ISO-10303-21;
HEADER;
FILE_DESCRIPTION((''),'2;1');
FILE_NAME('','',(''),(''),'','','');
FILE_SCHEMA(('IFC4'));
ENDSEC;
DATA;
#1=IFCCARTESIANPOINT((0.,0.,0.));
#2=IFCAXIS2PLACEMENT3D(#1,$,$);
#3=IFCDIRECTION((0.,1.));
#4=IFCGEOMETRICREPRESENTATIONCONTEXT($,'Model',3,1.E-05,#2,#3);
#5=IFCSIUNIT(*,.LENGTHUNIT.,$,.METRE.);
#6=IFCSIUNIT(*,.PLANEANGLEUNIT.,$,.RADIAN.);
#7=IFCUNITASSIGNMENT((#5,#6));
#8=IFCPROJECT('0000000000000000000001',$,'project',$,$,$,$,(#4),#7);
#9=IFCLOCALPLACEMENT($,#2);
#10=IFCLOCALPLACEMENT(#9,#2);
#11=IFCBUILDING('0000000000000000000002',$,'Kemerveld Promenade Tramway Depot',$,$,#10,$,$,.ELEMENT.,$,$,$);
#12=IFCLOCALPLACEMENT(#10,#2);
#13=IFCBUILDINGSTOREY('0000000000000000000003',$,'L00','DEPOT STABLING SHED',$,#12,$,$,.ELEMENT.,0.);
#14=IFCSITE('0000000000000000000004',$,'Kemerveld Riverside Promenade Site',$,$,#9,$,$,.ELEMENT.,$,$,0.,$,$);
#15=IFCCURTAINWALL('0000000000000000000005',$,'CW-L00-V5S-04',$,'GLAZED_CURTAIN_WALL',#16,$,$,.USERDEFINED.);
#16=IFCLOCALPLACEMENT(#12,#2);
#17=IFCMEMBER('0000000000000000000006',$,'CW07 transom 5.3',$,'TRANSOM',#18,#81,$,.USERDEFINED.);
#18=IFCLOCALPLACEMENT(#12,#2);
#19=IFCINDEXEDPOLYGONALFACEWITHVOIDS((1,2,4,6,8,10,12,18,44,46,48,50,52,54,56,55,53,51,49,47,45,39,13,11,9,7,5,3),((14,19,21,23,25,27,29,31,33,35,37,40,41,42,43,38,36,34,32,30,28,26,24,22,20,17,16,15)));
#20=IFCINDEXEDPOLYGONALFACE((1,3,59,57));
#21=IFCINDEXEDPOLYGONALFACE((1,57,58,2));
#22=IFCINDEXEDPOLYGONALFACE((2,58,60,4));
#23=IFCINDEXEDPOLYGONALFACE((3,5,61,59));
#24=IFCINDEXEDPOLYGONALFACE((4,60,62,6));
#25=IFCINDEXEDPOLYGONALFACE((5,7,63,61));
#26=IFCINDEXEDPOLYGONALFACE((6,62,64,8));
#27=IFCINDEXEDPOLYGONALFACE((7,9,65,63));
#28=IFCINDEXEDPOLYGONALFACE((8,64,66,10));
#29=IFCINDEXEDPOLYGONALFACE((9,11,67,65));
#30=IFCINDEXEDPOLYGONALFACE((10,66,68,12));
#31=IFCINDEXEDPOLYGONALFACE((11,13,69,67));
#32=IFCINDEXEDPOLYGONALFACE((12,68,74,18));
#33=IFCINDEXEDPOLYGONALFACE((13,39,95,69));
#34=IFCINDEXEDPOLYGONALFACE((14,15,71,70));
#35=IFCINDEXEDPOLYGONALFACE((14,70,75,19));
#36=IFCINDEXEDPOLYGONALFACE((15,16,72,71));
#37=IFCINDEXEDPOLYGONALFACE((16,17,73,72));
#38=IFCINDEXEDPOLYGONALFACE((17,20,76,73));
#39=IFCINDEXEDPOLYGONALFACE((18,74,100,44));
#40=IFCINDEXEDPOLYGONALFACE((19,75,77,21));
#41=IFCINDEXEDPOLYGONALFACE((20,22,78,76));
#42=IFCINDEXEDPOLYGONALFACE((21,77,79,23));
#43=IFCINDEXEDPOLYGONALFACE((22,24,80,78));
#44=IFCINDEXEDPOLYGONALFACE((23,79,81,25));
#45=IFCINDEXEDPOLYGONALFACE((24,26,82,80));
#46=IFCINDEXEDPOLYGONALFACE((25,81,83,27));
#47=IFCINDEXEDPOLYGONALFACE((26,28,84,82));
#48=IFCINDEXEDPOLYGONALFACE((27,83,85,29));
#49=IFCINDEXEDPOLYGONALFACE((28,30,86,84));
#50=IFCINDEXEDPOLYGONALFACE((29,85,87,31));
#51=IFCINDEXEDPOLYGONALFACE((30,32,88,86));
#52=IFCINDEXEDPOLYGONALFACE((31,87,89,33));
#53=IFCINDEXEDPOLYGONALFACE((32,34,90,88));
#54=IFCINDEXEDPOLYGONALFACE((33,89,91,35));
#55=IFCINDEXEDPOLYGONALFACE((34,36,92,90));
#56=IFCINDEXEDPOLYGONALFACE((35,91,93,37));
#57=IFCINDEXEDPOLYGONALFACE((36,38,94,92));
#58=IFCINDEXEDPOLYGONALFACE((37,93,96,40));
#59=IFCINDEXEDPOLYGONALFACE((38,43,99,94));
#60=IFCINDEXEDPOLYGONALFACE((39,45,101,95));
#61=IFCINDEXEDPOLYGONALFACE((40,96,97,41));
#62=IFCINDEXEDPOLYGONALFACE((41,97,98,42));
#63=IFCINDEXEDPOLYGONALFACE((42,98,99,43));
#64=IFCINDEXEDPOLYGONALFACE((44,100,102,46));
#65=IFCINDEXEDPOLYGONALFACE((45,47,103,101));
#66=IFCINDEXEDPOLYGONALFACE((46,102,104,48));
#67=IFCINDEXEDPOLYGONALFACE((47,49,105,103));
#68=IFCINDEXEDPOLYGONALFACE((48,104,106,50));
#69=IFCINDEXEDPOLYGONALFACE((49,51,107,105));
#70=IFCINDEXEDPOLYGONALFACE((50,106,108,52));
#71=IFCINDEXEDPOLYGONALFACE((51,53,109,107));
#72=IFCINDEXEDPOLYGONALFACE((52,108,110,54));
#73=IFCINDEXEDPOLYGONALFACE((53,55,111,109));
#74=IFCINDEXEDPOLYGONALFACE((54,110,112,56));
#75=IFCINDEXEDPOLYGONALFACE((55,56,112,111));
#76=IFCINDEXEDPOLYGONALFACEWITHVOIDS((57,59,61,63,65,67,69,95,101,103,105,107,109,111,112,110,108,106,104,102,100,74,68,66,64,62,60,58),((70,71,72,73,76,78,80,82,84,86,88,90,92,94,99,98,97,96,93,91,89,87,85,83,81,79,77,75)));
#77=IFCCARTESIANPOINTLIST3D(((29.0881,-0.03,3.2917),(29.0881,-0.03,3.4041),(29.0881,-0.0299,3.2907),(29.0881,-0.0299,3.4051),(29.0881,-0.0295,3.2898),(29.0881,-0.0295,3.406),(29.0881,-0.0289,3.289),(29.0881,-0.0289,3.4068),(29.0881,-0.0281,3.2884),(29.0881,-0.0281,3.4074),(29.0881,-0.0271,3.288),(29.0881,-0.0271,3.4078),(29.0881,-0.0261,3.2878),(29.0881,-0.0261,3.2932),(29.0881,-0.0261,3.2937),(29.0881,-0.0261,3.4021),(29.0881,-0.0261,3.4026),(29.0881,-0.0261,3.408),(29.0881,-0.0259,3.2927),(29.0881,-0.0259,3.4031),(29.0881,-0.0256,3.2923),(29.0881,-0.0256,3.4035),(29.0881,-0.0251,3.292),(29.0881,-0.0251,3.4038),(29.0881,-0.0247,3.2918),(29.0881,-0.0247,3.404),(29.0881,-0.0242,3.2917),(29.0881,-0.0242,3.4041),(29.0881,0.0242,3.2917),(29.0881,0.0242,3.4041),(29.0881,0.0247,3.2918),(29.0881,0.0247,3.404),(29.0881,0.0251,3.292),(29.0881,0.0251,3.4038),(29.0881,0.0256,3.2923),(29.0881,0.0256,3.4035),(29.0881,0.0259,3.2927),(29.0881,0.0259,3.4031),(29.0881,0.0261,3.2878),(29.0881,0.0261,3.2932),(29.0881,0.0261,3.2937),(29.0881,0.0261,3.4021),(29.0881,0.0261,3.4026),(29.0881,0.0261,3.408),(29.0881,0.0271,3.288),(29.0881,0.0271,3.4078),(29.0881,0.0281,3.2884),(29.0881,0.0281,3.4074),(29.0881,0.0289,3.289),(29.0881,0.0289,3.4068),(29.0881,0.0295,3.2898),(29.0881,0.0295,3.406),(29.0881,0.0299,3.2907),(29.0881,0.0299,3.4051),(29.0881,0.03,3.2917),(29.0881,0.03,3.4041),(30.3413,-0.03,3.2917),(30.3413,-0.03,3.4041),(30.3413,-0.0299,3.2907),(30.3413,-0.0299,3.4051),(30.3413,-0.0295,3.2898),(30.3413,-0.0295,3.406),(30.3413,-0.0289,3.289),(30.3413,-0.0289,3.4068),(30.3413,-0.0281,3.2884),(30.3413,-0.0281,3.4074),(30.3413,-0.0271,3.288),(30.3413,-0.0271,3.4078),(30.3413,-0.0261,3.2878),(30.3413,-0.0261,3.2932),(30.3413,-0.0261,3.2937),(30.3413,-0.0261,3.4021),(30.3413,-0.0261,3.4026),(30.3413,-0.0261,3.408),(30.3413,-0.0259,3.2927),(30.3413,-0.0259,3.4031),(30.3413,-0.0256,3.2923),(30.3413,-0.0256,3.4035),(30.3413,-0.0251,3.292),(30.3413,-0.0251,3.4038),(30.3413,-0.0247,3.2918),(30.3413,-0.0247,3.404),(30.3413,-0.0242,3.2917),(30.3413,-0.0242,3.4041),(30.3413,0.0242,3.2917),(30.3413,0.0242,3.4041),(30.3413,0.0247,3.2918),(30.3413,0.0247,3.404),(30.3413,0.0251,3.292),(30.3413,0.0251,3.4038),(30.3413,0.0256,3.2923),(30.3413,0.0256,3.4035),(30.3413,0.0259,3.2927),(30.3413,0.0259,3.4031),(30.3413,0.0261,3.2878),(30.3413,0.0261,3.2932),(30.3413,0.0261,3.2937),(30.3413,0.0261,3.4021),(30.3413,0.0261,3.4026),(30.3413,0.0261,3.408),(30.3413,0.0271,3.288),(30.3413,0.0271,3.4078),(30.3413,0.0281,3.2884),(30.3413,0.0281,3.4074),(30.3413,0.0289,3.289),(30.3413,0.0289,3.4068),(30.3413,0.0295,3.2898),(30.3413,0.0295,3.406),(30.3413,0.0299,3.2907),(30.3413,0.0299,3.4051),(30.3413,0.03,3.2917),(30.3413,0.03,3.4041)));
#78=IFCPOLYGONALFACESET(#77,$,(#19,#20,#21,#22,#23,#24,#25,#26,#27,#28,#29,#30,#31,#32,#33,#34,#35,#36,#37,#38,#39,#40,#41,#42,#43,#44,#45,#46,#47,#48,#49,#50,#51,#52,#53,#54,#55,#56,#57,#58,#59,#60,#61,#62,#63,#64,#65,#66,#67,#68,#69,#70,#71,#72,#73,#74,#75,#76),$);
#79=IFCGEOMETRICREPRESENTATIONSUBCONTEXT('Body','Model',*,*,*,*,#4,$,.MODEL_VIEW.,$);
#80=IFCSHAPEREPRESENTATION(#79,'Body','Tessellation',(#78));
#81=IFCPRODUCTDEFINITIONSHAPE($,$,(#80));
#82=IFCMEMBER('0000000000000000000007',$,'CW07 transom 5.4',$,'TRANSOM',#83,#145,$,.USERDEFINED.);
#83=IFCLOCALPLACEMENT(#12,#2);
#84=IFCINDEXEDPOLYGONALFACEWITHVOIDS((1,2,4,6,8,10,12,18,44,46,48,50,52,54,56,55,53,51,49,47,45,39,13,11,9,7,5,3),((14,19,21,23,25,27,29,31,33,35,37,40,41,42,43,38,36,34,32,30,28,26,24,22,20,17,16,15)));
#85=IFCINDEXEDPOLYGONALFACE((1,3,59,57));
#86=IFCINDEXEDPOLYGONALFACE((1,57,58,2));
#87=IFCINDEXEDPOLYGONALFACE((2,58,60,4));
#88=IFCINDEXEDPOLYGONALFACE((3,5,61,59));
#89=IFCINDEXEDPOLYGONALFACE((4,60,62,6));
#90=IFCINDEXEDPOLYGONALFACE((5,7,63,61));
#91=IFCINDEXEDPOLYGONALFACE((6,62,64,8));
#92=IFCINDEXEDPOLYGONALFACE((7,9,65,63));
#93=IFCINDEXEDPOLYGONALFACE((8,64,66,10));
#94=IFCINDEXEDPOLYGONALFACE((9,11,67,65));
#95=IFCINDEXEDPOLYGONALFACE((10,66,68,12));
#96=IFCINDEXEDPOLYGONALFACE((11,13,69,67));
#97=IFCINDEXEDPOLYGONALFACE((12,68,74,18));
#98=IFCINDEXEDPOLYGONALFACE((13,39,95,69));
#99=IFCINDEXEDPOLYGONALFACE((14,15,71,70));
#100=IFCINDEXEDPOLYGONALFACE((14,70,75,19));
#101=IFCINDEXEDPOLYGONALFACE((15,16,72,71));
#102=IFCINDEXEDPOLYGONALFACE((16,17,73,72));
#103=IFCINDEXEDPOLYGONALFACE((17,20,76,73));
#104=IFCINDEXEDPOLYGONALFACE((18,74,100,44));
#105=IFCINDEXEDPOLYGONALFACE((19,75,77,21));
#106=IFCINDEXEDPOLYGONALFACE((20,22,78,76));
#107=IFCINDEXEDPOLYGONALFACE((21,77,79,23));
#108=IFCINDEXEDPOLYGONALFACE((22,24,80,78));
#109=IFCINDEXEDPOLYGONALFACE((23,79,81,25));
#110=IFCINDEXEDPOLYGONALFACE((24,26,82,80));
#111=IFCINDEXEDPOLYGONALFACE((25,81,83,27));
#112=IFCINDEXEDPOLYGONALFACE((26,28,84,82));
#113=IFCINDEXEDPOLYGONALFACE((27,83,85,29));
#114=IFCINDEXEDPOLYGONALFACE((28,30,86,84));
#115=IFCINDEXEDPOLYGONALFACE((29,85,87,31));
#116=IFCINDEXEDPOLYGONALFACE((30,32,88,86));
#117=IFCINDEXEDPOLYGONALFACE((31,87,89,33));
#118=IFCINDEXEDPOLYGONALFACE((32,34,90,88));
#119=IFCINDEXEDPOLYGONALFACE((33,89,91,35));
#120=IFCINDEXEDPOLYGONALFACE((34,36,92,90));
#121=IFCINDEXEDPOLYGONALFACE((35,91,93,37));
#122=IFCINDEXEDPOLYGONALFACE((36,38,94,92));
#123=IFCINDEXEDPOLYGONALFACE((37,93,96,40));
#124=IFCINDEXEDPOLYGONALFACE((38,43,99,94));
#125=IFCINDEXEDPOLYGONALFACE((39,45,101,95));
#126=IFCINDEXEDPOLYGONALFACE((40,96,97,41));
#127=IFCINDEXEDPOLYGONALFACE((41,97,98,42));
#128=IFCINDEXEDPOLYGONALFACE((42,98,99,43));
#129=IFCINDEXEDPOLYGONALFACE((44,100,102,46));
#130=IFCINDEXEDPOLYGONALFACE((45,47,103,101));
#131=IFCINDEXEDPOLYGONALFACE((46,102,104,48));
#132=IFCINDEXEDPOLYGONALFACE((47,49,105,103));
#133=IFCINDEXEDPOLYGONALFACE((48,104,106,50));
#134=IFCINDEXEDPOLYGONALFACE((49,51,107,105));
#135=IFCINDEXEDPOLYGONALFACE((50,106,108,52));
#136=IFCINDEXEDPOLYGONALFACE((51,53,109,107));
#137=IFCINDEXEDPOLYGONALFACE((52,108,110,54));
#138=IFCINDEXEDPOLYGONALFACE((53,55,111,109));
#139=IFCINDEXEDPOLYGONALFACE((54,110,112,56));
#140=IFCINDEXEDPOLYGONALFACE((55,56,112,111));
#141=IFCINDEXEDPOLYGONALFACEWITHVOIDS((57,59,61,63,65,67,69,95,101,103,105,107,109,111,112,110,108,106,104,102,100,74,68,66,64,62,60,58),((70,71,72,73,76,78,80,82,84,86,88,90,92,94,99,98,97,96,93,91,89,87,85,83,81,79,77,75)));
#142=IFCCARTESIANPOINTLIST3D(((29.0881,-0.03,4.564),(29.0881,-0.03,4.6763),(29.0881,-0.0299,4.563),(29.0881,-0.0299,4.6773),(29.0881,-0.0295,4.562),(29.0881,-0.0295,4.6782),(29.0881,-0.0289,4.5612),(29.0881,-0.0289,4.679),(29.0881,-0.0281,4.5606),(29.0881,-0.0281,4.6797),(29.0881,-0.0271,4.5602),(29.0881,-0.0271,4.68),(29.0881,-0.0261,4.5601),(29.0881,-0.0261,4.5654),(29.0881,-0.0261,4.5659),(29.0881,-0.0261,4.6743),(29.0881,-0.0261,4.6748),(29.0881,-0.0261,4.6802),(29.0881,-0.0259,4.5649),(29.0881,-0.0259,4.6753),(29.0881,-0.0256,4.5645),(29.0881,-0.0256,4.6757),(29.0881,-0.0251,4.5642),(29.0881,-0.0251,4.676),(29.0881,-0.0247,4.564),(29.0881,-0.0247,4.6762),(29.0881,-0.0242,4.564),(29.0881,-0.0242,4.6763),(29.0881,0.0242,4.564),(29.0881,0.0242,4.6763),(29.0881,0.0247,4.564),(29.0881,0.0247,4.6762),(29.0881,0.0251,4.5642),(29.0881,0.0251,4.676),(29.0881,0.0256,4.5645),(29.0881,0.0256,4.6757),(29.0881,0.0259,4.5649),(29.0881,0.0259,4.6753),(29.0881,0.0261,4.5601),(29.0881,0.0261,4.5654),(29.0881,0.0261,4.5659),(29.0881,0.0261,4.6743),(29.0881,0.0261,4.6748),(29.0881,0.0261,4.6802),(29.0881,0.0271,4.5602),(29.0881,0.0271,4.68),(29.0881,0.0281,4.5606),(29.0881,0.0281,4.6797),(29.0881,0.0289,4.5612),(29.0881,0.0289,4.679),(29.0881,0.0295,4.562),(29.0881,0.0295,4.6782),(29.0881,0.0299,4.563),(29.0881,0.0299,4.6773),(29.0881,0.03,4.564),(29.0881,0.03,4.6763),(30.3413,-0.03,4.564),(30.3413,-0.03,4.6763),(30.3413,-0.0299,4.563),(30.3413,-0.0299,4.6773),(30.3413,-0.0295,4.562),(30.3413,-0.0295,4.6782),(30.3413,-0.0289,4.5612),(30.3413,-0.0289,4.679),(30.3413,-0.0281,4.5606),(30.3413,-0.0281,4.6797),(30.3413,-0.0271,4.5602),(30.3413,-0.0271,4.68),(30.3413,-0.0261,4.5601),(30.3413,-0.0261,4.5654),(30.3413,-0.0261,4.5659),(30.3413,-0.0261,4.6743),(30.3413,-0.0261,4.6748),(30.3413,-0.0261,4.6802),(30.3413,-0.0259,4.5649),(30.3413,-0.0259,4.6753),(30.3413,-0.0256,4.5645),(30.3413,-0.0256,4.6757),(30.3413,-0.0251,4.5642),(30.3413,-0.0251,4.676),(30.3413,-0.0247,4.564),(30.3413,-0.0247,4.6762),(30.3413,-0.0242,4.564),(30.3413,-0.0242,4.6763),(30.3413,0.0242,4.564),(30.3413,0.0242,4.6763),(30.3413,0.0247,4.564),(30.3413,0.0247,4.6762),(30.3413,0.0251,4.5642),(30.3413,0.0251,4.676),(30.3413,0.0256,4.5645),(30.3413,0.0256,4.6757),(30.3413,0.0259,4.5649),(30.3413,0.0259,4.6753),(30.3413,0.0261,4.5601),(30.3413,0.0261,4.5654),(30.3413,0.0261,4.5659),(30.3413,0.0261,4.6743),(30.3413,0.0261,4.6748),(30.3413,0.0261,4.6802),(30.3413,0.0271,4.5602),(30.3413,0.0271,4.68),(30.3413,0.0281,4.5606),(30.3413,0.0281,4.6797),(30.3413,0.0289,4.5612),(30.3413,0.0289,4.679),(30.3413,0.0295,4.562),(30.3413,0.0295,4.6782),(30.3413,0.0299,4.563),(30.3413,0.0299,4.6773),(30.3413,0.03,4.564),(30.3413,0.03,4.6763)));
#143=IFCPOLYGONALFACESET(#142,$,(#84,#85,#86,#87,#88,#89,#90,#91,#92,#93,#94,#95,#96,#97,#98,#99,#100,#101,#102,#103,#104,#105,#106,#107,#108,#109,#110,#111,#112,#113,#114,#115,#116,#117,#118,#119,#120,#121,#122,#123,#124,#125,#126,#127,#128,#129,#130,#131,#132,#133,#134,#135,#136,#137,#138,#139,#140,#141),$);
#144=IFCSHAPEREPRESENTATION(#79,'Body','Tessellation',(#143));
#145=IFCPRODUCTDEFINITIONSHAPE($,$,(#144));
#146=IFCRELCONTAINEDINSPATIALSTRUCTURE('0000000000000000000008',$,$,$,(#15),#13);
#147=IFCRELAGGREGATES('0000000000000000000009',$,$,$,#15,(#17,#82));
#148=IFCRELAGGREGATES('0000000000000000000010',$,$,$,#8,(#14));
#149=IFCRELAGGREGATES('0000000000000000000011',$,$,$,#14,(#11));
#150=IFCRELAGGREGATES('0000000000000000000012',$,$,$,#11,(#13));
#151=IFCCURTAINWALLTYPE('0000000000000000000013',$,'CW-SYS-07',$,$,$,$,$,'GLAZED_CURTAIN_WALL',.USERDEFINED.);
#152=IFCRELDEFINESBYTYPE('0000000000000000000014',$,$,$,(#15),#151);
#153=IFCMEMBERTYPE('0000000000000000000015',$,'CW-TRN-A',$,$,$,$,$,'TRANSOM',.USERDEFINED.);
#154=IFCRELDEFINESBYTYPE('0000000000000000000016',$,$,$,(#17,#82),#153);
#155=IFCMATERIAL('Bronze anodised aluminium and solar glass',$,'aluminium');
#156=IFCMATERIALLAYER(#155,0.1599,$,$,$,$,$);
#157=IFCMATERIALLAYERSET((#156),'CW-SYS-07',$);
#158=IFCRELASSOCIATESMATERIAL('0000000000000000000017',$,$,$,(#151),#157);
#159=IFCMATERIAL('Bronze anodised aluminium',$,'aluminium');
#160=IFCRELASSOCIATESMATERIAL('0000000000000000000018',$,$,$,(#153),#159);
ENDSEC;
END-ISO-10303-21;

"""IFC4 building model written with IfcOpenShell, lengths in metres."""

from ifc_helpers import new_model, si_unit, direction, frame, origin, origin_2d, place, context, subcontext, project, spatial, hollow_rectangle, extrude, material, layer, layer_set, material_profile, profile_set, type_object, element, aggregate, save


model = new_model("IFC4")

# Units and contexts
model_context = context("Model", 3, precision=1e-05, world=origin(), true_north=direction((0.0, 1.0)))
body_context = subcontext(model_context, "Body", "Model", "MODEL_VIEW")
ifc_project = project(units=[si_unit("LENGTHUNIT", "METRE"), si_unit("PLANEANGLEUNIT", "RADIAN")], contexts=[model_context])

# Site, building, storey
site_placement = place(None, origin())
site = spatial("IfcSite", under=ifc_project, at=site_placement, Name="Kemerveld Riverside Promenade Site", CompositionType="ELEMENT", RefElevation=0.0)
building_placement = place(site_placement, origin())
building = spatial("IfcBuilding", under=site, at=building_placement, Name="Kemerveld Promenade Tramway Depot", CompositionType="ELEMENT")
storey_placement = place(building_placement, origin())
storey = spatial("IfcBuildingStorey", under=building, at=storey_placement, Name="L00", Description="DEPOT STABLING SHED", CompositionType="ELEMENT", Elevation=0.0)

# Curtain wall
ifc_material_1 = material(Name="Bronze anodised aluminium and solar glass", Category="aluminium")
ifc_layer_1 = layer(ifc_material_1, 0.1599)
ifc_layer_set_1 = layer_set([ifc_layer_1], Name="CW-SYS-07")
curtain_wall_type_1 = type_object("IfcCurtainWallType", Name="CW-SYS-07", ElementType="GLAZED_CURTAIN_WALL", PredefinedType="USERDEFINED", material=ifc_layer_set_1)
curtain_wall_1_placement = place(storey_placement, origin())
curtain_wall_1 = element("IfcCurtainWall", 1, at=curtain_wall_1_placement, inside=storey, type_object=curtain_wall_type_1, Name="CW-L00-V5S-04", ObjectType="GLAZED_CURTAIN_WALL", PredefinedType="USERDEFINED")
ifc_material_2 = material(Name="Bronze anodised aluminium", Category="aluminium")

# Members
ifc_material_profile_1 = material_profile(ifc_material_2, hollow_rectangle(XDim=0.0601, YDim=0.1201, WallThickness=0.0039, InnerFilletRadius=0.002, OuterFilletRadius=0.0039, at=origin_2d()), Name="CW-TRN-120x60")
ifc_profile_set_1 = profile_set([ifc_material_profile_1], Name="Bronze anodised aluminium")
member_type_1 = type_object("IfcMemberType", Name="CW-TRN-A", ElementType="TRANSOM", PredefinedType="USERDEFINED", material=ifc_profile_set_1)
member_1_placement = place(storey_placement, frame((30.3413, 0.0, 3.3479), z_axis=(-1.0, 0.0, 0.0), x_axis=(0.0, -1.0, 0.0)))
member_1 = element("IfcMember", 2, at=member_1_placement, type_object=member_type_1, Name="CW07 transom 5.3", ObjectType="TRANSOM", PredefinedType="USERDEFINED", context=body_context, shape_type="SweptSolid", body=[
    extrude(hollow_rectangle(XDim=0.0601, YDim=0.1201, WallThickness=0.0039, InnerFilletRadius=0.002, OuterFilletRadius=0.0039, at=origin_2d()), origin(), (0.0, 0.0, 1.0), 1.2532),
])
member_2_placement = place(storey_placement, frame((30.3413, 0.0, 4.6201), z_axis=(-1.0, 0.0, 0.0), x_axis=(0.0, -1.0, 0.0)))
member_2 = element("IfcMember", 3, at=member_2_placement, type_object=member_type_1, Name="CW07 transom 5.4", ObjectType="TRANSOM", PredefinedType="USERDEFINED", context=body_context, shape_type="SweptSolid", body=[
    extrude(hollow_rectangle(XDim=0.0601, YDim=0.1201, WallThickness=0.0039, InnerFilletRadius=0.002, OuterFilletRadius=0.0039, at=origin_2d()), origin(), (0.0, 0.0, 1.0), 1.2532),
])

aggregate(curtain_wall_1, [member_1, member_2])

save(model, "model.ifc")
